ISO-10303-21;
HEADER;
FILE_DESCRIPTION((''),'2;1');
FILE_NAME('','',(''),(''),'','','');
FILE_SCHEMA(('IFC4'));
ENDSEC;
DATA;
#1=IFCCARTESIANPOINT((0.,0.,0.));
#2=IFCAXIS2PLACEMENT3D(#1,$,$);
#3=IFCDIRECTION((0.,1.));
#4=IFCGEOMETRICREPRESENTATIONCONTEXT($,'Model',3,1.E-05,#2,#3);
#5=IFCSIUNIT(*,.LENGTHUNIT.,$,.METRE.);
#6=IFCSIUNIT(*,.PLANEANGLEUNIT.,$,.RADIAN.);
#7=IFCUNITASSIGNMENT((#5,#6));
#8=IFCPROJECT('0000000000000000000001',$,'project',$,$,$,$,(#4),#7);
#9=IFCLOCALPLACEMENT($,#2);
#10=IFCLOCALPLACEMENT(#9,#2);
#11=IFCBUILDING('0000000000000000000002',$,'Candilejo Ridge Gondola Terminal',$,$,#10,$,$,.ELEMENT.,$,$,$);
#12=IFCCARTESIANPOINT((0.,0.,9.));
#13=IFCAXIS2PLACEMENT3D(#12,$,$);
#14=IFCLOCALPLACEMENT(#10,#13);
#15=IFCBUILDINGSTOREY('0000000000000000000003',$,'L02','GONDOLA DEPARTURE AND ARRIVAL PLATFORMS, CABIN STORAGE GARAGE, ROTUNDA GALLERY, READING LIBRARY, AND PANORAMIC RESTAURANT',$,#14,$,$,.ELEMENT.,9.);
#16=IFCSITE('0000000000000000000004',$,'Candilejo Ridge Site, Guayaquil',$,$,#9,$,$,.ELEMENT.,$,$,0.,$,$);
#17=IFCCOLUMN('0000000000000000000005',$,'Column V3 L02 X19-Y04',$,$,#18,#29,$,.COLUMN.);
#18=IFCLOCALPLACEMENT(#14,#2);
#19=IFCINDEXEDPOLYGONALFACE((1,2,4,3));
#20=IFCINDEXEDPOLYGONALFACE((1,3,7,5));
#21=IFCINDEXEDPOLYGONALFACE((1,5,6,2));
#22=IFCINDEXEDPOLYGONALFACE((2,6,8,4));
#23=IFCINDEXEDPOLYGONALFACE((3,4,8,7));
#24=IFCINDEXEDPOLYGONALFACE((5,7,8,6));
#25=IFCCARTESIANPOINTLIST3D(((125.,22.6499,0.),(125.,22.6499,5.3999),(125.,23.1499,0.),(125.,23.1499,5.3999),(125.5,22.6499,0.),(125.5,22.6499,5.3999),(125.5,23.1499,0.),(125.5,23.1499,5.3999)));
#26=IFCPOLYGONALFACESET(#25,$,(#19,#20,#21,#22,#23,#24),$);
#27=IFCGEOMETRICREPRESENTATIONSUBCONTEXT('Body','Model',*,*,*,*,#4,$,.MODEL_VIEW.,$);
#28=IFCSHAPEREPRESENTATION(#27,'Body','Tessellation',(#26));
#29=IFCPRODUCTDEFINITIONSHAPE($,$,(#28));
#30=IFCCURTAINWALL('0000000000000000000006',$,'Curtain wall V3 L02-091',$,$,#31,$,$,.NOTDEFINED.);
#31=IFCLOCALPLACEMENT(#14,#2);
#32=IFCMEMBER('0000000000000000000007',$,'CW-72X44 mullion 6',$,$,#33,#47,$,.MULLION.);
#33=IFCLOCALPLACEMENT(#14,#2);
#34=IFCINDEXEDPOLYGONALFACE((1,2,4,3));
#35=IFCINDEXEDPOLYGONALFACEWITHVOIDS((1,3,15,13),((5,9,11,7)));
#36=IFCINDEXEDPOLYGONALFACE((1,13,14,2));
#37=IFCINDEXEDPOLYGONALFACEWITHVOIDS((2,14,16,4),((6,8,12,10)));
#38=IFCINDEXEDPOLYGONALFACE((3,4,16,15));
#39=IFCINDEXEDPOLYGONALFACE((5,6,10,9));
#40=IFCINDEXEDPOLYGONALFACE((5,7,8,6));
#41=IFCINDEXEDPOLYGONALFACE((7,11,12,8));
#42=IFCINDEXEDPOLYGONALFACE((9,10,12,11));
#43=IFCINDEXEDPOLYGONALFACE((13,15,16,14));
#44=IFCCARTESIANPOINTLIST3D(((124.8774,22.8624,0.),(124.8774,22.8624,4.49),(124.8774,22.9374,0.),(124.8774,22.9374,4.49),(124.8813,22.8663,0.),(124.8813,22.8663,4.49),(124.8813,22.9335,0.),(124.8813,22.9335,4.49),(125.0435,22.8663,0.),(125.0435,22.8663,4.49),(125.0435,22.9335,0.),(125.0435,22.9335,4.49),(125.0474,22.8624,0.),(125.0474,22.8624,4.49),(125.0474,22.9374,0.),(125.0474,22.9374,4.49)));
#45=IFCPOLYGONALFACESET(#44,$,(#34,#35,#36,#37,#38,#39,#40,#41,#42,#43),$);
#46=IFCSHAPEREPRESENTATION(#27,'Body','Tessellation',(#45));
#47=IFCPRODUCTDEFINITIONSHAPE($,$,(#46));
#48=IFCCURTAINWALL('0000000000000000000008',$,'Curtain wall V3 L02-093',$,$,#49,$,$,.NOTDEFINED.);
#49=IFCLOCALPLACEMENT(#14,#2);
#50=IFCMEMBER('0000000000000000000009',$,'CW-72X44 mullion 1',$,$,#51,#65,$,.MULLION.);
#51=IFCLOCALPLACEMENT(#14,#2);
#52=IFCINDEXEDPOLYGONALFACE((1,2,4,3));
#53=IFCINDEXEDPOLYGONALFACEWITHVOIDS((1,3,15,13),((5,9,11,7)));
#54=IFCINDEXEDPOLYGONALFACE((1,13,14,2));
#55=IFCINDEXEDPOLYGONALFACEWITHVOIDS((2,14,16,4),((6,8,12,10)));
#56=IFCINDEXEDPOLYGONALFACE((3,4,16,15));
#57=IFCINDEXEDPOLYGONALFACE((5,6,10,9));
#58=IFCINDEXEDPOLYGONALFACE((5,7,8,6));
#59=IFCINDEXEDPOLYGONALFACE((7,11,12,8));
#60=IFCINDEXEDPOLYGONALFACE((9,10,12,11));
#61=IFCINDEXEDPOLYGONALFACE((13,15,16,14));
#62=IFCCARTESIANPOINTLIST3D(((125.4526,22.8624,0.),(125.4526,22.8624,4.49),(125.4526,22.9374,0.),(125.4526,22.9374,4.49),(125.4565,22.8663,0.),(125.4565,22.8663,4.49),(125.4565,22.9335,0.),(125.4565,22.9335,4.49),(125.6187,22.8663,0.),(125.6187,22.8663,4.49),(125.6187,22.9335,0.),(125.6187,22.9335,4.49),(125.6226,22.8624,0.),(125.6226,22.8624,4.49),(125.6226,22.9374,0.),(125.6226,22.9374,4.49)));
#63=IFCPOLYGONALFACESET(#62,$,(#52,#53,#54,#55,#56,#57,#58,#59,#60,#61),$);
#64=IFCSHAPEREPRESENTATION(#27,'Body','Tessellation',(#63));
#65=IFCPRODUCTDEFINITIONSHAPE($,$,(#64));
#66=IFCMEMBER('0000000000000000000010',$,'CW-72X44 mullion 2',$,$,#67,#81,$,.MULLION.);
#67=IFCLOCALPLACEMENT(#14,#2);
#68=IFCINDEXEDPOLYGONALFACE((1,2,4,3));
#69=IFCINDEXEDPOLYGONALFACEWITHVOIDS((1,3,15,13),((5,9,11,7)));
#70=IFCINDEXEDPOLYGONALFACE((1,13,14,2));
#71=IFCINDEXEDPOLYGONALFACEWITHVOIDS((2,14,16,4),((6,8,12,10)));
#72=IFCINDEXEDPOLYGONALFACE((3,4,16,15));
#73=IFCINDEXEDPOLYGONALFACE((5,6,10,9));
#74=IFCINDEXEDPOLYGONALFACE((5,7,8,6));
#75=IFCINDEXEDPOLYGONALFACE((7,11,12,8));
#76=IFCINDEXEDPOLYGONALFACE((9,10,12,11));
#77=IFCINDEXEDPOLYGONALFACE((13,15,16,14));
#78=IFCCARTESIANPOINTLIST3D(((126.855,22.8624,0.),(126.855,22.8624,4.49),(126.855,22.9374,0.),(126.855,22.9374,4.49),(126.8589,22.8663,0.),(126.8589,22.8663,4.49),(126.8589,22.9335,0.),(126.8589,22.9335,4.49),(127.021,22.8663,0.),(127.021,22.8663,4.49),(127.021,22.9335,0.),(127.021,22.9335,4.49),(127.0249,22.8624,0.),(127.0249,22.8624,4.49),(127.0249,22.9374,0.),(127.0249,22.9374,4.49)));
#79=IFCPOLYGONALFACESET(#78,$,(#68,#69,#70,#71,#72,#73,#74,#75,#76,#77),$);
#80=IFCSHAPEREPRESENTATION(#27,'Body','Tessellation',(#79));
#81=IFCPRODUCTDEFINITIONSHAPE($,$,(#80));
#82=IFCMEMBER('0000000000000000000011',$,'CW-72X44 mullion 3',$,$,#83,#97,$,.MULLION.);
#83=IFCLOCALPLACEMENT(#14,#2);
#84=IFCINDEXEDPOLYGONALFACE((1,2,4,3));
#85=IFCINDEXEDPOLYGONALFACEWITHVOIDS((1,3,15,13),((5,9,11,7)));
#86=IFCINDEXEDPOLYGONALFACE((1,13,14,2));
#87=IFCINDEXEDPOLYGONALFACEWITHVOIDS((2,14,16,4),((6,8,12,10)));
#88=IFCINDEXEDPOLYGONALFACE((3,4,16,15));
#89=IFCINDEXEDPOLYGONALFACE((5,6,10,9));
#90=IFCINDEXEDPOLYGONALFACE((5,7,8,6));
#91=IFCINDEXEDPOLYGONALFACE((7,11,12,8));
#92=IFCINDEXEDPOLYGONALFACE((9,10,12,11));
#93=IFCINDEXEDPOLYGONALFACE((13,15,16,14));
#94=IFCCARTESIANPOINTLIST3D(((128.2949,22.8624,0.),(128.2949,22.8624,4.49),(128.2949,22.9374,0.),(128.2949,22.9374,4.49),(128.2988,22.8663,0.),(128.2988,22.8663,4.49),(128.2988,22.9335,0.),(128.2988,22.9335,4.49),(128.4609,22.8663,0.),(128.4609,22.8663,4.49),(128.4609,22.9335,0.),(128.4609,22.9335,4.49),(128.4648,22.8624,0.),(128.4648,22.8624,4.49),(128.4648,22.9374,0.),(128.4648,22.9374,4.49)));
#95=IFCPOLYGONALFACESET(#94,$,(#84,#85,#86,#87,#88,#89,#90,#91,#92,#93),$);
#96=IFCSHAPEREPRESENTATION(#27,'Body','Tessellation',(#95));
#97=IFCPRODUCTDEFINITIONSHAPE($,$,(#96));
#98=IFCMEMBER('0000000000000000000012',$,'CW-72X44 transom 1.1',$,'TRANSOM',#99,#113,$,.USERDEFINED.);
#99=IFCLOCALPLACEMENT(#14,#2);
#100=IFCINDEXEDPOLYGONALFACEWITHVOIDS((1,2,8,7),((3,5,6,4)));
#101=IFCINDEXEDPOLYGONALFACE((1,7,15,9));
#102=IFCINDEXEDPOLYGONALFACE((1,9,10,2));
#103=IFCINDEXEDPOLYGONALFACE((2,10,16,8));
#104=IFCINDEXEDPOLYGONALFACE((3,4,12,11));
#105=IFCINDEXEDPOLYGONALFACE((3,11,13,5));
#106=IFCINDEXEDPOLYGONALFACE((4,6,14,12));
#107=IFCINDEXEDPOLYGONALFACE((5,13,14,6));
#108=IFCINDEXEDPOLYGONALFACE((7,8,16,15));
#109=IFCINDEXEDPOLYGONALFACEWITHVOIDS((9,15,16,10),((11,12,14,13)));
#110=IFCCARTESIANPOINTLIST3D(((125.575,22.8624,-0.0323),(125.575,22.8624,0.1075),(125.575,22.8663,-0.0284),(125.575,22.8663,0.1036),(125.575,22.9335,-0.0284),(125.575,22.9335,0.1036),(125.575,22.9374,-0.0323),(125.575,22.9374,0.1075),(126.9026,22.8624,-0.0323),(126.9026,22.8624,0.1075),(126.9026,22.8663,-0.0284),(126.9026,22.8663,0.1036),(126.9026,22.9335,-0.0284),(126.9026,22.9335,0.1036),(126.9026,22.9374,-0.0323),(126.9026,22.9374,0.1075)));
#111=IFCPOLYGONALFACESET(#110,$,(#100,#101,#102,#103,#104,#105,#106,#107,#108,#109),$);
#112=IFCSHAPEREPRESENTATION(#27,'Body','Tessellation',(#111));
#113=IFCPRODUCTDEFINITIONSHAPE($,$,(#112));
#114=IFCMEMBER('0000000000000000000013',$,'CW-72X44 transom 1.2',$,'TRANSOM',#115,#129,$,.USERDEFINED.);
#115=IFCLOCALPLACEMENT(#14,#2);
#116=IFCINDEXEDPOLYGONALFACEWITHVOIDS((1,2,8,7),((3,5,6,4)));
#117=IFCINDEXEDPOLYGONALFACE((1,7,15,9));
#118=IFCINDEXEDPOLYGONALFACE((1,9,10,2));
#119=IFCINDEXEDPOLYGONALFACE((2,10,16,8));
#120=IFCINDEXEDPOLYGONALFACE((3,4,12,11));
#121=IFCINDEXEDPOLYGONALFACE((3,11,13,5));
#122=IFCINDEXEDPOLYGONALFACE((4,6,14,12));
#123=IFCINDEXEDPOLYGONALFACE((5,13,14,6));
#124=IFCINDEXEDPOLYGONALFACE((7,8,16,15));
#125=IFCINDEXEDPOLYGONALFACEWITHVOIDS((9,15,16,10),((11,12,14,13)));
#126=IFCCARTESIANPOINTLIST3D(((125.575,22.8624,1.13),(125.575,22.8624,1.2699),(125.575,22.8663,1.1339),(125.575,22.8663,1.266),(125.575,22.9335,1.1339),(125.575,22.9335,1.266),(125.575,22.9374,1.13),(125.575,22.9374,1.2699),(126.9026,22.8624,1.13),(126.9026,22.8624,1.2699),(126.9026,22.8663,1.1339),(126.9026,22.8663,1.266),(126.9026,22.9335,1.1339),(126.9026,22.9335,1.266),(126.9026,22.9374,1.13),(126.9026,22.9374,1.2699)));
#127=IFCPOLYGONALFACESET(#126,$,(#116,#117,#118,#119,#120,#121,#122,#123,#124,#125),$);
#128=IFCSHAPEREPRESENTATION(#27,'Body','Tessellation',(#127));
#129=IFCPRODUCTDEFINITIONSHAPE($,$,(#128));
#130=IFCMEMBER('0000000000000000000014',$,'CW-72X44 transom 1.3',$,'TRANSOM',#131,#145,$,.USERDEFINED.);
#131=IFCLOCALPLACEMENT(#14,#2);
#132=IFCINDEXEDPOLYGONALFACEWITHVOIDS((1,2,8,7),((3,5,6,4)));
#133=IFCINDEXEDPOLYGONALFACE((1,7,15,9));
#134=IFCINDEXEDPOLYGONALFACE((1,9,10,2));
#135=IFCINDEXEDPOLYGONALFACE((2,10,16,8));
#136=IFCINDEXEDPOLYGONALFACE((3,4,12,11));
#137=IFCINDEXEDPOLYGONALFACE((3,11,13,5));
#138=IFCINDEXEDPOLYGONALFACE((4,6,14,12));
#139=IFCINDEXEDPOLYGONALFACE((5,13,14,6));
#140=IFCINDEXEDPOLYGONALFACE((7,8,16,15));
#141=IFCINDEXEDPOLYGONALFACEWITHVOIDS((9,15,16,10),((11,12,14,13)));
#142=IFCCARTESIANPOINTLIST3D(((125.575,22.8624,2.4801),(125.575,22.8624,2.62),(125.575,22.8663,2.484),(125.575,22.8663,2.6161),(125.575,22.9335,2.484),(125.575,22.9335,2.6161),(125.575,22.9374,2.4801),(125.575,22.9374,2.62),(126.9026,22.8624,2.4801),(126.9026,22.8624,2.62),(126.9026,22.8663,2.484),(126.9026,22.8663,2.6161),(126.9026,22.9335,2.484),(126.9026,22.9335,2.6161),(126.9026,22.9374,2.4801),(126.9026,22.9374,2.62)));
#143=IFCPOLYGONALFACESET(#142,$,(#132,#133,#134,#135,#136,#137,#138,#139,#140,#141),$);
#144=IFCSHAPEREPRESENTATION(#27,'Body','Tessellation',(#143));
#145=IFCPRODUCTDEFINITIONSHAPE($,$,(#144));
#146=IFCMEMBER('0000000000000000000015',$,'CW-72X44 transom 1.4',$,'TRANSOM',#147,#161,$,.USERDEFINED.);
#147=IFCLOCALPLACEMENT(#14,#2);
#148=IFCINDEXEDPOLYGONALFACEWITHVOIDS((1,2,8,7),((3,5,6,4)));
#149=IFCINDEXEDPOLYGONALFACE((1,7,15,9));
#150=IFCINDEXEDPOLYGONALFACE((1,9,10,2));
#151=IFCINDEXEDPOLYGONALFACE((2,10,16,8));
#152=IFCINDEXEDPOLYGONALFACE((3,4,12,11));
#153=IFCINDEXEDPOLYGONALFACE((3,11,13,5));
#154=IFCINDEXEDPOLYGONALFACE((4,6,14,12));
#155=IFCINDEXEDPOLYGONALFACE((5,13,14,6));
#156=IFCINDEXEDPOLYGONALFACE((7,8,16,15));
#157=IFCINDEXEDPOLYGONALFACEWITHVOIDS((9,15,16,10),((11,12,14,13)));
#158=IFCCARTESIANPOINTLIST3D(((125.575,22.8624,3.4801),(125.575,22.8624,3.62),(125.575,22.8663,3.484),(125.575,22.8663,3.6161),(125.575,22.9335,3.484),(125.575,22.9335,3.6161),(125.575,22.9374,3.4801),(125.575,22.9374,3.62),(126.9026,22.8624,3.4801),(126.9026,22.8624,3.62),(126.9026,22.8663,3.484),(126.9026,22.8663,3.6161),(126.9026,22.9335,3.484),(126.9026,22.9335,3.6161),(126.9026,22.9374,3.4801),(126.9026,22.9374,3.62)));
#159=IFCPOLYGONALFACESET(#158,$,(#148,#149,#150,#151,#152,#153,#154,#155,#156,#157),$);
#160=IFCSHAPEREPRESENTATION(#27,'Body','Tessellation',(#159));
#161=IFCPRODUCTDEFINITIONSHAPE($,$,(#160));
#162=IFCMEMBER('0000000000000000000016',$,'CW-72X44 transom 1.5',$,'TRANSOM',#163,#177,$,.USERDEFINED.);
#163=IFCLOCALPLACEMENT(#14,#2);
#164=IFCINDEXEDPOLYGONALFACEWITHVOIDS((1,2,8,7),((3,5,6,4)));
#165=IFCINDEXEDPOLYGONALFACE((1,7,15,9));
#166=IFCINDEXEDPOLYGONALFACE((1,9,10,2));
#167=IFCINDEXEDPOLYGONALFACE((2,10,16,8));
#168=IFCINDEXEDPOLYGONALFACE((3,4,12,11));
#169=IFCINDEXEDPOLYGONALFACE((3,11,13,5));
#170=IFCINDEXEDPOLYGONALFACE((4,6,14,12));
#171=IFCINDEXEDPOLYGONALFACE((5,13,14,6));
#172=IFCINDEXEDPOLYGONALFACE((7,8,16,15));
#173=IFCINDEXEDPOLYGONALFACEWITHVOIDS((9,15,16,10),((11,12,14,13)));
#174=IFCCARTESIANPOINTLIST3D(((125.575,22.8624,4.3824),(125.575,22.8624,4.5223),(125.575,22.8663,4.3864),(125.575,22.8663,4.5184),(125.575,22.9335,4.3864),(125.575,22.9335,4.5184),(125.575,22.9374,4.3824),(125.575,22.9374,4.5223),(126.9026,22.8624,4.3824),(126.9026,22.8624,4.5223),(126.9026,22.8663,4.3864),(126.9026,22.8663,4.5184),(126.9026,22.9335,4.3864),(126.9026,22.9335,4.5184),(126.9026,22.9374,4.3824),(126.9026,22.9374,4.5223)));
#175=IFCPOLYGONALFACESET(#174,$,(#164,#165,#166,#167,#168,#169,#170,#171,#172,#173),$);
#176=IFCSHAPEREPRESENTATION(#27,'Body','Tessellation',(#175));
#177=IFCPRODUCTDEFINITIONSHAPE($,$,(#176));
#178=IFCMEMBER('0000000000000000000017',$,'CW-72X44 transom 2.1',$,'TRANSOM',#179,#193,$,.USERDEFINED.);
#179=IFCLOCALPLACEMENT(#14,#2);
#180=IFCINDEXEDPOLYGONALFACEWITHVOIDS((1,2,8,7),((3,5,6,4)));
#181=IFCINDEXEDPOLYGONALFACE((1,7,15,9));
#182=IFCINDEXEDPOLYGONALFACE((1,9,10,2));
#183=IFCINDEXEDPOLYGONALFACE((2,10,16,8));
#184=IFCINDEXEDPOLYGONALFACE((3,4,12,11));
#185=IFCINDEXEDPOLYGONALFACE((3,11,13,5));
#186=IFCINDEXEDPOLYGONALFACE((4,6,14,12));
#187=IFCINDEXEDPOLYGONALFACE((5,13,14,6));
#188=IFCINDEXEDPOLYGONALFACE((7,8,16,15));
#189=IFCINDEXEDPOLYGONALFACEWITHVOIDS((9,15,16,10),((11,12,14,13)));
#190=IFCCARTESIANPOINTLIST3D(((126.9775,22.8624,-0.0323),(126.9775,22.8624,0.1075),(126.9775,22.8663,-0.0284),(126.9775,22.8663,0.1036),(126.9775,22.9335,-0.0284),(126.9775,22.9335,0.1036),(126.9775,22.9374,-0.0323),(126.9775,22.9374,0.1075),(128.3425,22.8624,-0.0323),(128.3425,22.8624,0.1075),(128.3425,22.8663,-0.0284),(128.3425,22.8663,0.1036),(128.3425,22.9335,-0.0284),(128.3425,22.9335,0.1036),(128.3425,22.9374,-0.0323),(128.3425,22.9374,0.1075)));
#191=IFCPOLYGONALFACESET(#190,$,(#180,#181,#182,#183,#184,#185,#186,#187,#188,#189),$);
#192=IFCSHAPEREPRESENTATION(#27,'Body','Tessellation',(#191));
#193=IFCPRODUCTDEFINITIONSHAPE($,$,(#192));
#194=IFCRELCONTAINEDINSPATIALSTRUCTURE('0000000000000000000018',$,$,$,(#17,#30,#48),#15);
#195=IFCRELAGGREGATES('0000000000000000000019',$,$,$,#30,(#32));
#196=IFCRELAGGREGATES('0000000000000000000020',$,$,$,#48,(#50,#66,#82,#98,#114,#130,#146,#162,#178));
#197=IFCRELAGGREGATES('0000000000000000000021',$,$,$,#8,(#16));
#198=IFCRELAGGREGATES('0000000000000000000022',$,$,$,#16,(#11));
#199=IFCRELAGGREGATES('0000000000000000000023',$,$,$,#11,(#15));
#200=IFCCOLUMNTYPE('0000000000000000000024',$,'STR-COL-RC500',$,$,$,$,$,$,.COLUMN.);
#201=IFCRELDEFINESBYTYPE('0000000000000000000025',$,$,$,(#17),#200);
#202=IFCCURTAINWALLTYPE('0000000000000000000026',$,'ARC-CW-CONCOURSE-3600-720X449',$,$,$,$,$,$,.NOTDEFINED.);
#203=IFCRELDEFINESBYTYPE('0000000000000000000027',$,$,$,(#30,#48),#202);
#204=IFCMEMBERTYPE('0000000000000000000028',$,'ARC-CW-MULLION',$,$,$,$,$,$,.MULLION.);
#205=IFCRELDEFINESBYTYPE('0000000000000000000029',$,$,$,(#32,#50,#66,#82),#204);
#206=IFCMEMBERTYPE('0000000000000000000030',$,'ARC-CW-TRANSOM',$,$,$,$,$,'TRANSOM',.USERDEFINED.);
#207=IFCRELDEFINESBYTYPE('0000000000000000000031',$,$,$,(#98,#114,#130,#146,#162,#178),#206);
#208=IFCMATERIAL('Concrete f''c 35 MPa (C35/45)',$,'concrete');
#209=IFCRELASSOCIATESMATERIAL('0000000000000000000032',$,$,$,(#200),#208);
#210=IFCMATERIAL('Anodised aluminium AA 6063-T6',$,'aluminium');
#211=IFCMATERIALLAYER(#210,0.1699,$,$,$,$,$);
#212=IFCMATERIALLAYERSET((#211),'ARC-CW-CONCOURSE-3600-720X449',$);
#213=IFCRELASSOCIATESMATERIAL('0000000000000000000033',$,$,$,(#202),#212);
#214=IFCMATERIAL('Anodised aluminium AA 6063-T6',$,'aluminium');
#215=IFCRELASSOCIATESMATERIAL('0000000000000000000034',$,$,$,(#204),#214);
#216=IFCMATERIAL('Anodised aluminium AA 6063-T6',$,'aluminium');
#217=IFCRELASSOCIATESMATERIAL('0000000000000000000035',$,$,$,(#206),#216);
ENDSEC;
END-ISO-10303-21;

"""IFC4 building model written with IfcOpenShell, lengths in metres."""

from ifc_helpers import new_model, si_unit, direction, frame, origin, origin_2d, place, context, subcontext, project, spatial, rectangle, hollow_rectangle, extrude, material, layer, layer_set, material_profile, profile_set, type_object, element, aggregate, save


model = new_model("IFC4")

# Units and contexts
model_context = context("Model", 3, precision=1e-05, world=origin(), true_north=direction((0.0, 1.0)))
body_context = subcontext(model_context, "Body", "Model", "MODEL_VIEW")
ifc_project = project(units=[si_unit("LENGTHUNIT", "METRE"), si_unit("PLANEANGLEUNIT", "RADIAN")], contexts=[model_context])

# Site, building, storey
site_placement = place(None, origin())
site = spatial("IfcSite", under=ifc_project, at=site_placement, Name="Candilejo Ridge Site, Guayaquil", CompositionType="ELEMENT", RefElevation=0.0)
building_placement = place(site_placement, origin())
building = spatial("IfcBuilding", under=site, at=building_placement, Name="Candilejo Ridge Gondola Terminal", CompositionType="ELEMENT")
storey_placement = place(building_placement, frame((0.0, 0.0, 9.0)))
storey = spatial("IfcBuildingStorey", under=building, at=storey_placement, Name="L02", Description="GONDOLA DEPARTURE AND ARRIVAL PLATFORMS, CABIN STORAGE GARAGE, ROTUNDA GALLERY, READING LIBRARY, AND PANORAMIC RESTAURANT", CompositionType="ELEMENT", Elevation=9.0)

# Column
ifc_material_1 = material(Name="Concrete f'c 35 MPa (C35/45)", Category="concrete")
ifc_material_profile_1 = material_profile(ifc_material_1, rectangle(XDim=0.5, YDim=0.5, at=origin_2d()))
ifc_profile_set_1 = profile_set([ifc_material_profile_1], Name="Concrete f'c 35 MPa (C35/45)")
column_type = type_object("IfcColumnType", Name="STR-COL-RC500", PredefinedType="COLUMN", material=ifc_profile_set_1)
column_placement = place(storey_placement, frame((125.25, 22.8999, 0.0), z_axis=(0.0, 0.0, 1.0), x_axis=(1.0, 0.0, 0.0)))
element("IfcColumn", 1, at=column_placement, inside=storey, type_object=column_type, Name="Column V3 L02 X19-Y04", PredefinedType="COLUMN", context=body_context, shape_type="SweptSolid", body=[
    extrude(rectangle(XDim=0.5, YDim=0.5, at=origin_2d()), origin(), (0.0, 0.0, 1.0), 5.3999),
])

# Curtain wall, member
ifc_material_2 = material(Name="Anodised aluminium AA 6063-T6", Category="aluminium")
ifc_layer_1 = layer(ifc_material_2, 0.1699)
ifc_layer_set_1 = layer_set([ifc_layer_1], Name="ARC-CW-CONCOURSE-3600-720X449")
curtain_wall_type = type_object("IfcCurtainWallType", Name="ARC-CW-CONCOURSE-3600-720X449", PredefinedType="NOTDEFINED", material=ifc_layer_set_1)
curtain_wall_1_placement = place(storey_placement, origin())
curtain_wall_1 = element("IfcCurtainWall", 2, at=curtain_wall_1_placement, inside=storey, type_object=curtain_wall_type, Name="Curtain wall V3 L02-091", PredefinedType="NOTDEFINED")
ifc_material_3 = material(Name="Anodised aluminium AA 6063-T6", Category="aluminium")
ifc_material_profile_2 = material_profile(ifc_material_3, hollow_rectangle(XDim=0.075, YDim=0.1699, WallThickness=0.0039, at=origin_2d()))
ifc_profile_set_2 = profile_set([ifc_material_profile_2], Name="Anodised aluminium AA 6063-T6")
member_type_1 = type_object("IfcMemberType", Name="ARC-CW-MULLION", PredefinedType="MULLION", material=ifc_profile_set_2)
member_1_placement = place(storey_placement, frame((124.9624, 22.8999, 0.0), z_axis=(0.0, 0.0, 1.0), x_axis=(0.0, 1.0, 0.0)))
member_1 = element("IfcMember", 3, at=member_1_placement, type_object=member_type_1, Name="CW-72X44 mullion 6", PredefinedType="MULLION", context=body_context, shape_type="SweptSolid", body=[
    extrude(hollow_rectangle(XDim=0.075, YDim=0.1699, WallThickness=0.0039, at=origin_2d()), origin(), (0.0, 0.0, 1.0), 4.49),
])

# Curtain wall, members
curtain_wall_2_placement = place(storey_placement, origin())
curtain_wall_2 = element("IfcCurtainWall", 4, at=curtain_wall_2_placement, inside=storey, type_object=curtain_wall_type, Name="Curtain wall V3 L02-093", PredefinedType="NOTDEFINED")
member_2_placement = place(storey_placement, frame((125.5376, 22.8999, 0.0), z_axis=(0.0, 0.0, 1.0), x_axis=(0.0, 1.0, 0.0)))
member_2 = element("IfcMember", 5, at=member_2_placement, type_object=member_type_1, Name="CW-72X44 mullion 1", PredefinedType="MULLION", context=body_context, shape_type="SweptSolid", body=[
    extrude(hollow_rectangle(XDim=0.075, YDim=0.1699, WallThickness=0.0039, at=origin_2d()), origin(), (0.0, 0.0, 1.0), 4.49),
])
member_3_placement = place(storey_placement, frame((126.9399, 22.8999, 0.0), z_axis=(0.0, 0.0, 1.0), x_axis=(0.0, 1.0, 0.0)))
member_3 = element("IfcMember", 6, at=member_3_placement, type_object=member_type_1, Name="CW-72X44 mullion 2", PredefinedType="MULLION", context=body_context, shape_type="SweptSolid", body=[
    extrude(hollow_rectangle(XDim=0.075, YDim=0.1699, WallThickness=0.0039, at=origin_2d()), origin(), (0.0, 0.0, 1.0), 4.49),
])
member_4_placement = place(storey_placement, frame((128.3799, 22.8999, 0.0), z_axis=(0.0, 0.0, 1.0), x_axis=(0.0, 1.0, 0.0)))
member_4 = element("IfcMember", 7, at=member_4_placement, type_object=member_type_1, Name="CW-72X44 mullion 3", PredefinedType="MULLION", context=body_context, shape_type="SweptSolid", body=[
    extrude(hollow_rectangle(XDim=0.075, YDim=0.1699, WallThickness=0.0039, at=origin_2d()), origin(), (0.0, 0.0, 1.0), 4.49),
])
ifc_material_4 = material(Name="Anodised aluminium AA 6063-T6", Category="aluminium")
ifc_material_profile_3 = material_profile(ifc_material_4, hollow_rectangle(XDim=0.075, YDim=0.1399, WallThickness=0.0039, at=origin_2d()))
ifc_profile_set_3 = profile_set([ifc_material_profile_3], Name="Anodised aluminium AA 6063-T6")
member_type_2 = type_object("IfcMemberType", Name="ARC-CW-TRANSOM", ElementType="TRANSOM", PredefinedType="USERDEFINED", material=ifc_profile_set_3)
member_5_placement = place(storey_placement, frame((125.575, 22.8999, 0.0376), z_axis=(1.0, 0.0, 0.0), x_axis=(0.0, 1.0, 0.0)))
member_5 = element("IfcMember", 8, at=member_5_placement, type_object=member_type_2, Name="CW-72X44 transom 1.1", ObjectType="TRANSOM", PredefinedType="USERDEFINED", context=body_context, shape_type="SweptSolid", body=[
    extrude(hollow_rectangle(XDim=0.075, YDim=0.1399, WallThickness=0.0039, at=origin_2d()), origin(), (0.0, 0.0, 1.0), 1.3276),
])
member_6_placement = place(storey_placement, frame((125.575, 22.8999, 1.2), z_axis=(1.0, 0.0, 0.0), x_axis=(0.0, 1.0, 0.0)))
member_6 = element("IfcMember", 9, at=member_6_placement, type_object=member_type_2, Name="CW-72X44 transom 1.2", ObjectType="TRANSOM", PredefinedType="USERDEFINED", context=body_context, shape_type="SweptSolid", body=[
    extrude(hollow_rectangle(XDim=0.075, YDim=0.1399, WallThickness=0.0039, at=origin_2d()), origin(), (0.0, 0.0, 1.0), 1.3276),
])
member_7_placement = place(storey_placement, frame((125.575, 22.8999, 2.55), z_axis=(1.0, 0.0, 0.0), x_axis=(0.0, 1.0, 0.0)))
member_7 = element("IfcMember", 10, at=member_7_placement, type_object=member_type_2, Name="CW-72X44 transom 1.3", ObjectType="TRANSOM", PredefinedType="USERDEFINED", context=body_context, shape_type="SweptSolid", body=[
    extrude(hollow_rectangle(XDim=0.075, YDim=0.1399, WallThickness=0.0039, at=origin_2d()), origin(), (0.0, 0.0, 1.0), 1.3276),
])
member_8_placement = place(storey_placement, frame((125.575, 22.8999, 3.55), z_axis=(1.0, 0.0, 0.0), x_axis=(0.0, 1.0, 0.0)))
member_8 = element("IfcMember", 11, at=member_8_placement, type_object=member_type_2, Name="CW-72X44 transom 1.4", ObjectType="TRANSOM", PredefinedType="USERDEFINED", context=body_context, shape_type="SweptSolid", body=[
    extrude(hollow_rectangle(XDim=0.075, YDim=0.1399, WallThickness=0.0039, at=origin_2d()), origin(), (0.0, 0.0, 1.0), 1.3276),
])
member_9_placement = place(storey_placement, frame((125.575, 22.8999, 4.4524), z_axis=(1.0, 0.0, 0.0), x_axis=(0.0, 1.0, 0.0)))
member_9 = element("IfcMember", 12, at=member_9_placement, type_object=member_type_2, Name="CW-72X44 transom 1.5", ObjectType="TRANSOM", PredefinedType="USERDEFINED", context=body_context, shape_type="SweptSolid", body=[
    extrude(hollow_rectangle(XDim=0.075, YDim=0.1399, WallThickness=0.0039, at=origin_2d()), origin(), (0.0, 0.0, 1.0), 1.3276),
])
member_10_placement = place(storey_placement, frame((126.9775, 22.8999, 0.0376), z_axis=(1.0, 0.0, 0.0), x_axis=(0.0, 1.0, 0.0)))
member_10 = element("IfcMember", 13, at=member_10_placement, type_object=member_type_2, Name="CW-72X44 transom 2.1", ObjectType="TRANSOM", PredefinedType="USERDEFINED", context=body_context, shape_type="SweptSolid", body=[
    extrude(hollow_rectangle(XDim=0.075, YDim=0.1399, WallThickness=0.0039, at=origin_2d()), origin(), (0.0, 0.0, 1.0), 1.365),
])

aggregate(curtain_wall_1, [member_1])
aggregate(curtain_wall_2, [member_2, member_3, member_4, member_5, member_6, member_7, member_8, member_9, member_10])

save(model, "model.ifc")
